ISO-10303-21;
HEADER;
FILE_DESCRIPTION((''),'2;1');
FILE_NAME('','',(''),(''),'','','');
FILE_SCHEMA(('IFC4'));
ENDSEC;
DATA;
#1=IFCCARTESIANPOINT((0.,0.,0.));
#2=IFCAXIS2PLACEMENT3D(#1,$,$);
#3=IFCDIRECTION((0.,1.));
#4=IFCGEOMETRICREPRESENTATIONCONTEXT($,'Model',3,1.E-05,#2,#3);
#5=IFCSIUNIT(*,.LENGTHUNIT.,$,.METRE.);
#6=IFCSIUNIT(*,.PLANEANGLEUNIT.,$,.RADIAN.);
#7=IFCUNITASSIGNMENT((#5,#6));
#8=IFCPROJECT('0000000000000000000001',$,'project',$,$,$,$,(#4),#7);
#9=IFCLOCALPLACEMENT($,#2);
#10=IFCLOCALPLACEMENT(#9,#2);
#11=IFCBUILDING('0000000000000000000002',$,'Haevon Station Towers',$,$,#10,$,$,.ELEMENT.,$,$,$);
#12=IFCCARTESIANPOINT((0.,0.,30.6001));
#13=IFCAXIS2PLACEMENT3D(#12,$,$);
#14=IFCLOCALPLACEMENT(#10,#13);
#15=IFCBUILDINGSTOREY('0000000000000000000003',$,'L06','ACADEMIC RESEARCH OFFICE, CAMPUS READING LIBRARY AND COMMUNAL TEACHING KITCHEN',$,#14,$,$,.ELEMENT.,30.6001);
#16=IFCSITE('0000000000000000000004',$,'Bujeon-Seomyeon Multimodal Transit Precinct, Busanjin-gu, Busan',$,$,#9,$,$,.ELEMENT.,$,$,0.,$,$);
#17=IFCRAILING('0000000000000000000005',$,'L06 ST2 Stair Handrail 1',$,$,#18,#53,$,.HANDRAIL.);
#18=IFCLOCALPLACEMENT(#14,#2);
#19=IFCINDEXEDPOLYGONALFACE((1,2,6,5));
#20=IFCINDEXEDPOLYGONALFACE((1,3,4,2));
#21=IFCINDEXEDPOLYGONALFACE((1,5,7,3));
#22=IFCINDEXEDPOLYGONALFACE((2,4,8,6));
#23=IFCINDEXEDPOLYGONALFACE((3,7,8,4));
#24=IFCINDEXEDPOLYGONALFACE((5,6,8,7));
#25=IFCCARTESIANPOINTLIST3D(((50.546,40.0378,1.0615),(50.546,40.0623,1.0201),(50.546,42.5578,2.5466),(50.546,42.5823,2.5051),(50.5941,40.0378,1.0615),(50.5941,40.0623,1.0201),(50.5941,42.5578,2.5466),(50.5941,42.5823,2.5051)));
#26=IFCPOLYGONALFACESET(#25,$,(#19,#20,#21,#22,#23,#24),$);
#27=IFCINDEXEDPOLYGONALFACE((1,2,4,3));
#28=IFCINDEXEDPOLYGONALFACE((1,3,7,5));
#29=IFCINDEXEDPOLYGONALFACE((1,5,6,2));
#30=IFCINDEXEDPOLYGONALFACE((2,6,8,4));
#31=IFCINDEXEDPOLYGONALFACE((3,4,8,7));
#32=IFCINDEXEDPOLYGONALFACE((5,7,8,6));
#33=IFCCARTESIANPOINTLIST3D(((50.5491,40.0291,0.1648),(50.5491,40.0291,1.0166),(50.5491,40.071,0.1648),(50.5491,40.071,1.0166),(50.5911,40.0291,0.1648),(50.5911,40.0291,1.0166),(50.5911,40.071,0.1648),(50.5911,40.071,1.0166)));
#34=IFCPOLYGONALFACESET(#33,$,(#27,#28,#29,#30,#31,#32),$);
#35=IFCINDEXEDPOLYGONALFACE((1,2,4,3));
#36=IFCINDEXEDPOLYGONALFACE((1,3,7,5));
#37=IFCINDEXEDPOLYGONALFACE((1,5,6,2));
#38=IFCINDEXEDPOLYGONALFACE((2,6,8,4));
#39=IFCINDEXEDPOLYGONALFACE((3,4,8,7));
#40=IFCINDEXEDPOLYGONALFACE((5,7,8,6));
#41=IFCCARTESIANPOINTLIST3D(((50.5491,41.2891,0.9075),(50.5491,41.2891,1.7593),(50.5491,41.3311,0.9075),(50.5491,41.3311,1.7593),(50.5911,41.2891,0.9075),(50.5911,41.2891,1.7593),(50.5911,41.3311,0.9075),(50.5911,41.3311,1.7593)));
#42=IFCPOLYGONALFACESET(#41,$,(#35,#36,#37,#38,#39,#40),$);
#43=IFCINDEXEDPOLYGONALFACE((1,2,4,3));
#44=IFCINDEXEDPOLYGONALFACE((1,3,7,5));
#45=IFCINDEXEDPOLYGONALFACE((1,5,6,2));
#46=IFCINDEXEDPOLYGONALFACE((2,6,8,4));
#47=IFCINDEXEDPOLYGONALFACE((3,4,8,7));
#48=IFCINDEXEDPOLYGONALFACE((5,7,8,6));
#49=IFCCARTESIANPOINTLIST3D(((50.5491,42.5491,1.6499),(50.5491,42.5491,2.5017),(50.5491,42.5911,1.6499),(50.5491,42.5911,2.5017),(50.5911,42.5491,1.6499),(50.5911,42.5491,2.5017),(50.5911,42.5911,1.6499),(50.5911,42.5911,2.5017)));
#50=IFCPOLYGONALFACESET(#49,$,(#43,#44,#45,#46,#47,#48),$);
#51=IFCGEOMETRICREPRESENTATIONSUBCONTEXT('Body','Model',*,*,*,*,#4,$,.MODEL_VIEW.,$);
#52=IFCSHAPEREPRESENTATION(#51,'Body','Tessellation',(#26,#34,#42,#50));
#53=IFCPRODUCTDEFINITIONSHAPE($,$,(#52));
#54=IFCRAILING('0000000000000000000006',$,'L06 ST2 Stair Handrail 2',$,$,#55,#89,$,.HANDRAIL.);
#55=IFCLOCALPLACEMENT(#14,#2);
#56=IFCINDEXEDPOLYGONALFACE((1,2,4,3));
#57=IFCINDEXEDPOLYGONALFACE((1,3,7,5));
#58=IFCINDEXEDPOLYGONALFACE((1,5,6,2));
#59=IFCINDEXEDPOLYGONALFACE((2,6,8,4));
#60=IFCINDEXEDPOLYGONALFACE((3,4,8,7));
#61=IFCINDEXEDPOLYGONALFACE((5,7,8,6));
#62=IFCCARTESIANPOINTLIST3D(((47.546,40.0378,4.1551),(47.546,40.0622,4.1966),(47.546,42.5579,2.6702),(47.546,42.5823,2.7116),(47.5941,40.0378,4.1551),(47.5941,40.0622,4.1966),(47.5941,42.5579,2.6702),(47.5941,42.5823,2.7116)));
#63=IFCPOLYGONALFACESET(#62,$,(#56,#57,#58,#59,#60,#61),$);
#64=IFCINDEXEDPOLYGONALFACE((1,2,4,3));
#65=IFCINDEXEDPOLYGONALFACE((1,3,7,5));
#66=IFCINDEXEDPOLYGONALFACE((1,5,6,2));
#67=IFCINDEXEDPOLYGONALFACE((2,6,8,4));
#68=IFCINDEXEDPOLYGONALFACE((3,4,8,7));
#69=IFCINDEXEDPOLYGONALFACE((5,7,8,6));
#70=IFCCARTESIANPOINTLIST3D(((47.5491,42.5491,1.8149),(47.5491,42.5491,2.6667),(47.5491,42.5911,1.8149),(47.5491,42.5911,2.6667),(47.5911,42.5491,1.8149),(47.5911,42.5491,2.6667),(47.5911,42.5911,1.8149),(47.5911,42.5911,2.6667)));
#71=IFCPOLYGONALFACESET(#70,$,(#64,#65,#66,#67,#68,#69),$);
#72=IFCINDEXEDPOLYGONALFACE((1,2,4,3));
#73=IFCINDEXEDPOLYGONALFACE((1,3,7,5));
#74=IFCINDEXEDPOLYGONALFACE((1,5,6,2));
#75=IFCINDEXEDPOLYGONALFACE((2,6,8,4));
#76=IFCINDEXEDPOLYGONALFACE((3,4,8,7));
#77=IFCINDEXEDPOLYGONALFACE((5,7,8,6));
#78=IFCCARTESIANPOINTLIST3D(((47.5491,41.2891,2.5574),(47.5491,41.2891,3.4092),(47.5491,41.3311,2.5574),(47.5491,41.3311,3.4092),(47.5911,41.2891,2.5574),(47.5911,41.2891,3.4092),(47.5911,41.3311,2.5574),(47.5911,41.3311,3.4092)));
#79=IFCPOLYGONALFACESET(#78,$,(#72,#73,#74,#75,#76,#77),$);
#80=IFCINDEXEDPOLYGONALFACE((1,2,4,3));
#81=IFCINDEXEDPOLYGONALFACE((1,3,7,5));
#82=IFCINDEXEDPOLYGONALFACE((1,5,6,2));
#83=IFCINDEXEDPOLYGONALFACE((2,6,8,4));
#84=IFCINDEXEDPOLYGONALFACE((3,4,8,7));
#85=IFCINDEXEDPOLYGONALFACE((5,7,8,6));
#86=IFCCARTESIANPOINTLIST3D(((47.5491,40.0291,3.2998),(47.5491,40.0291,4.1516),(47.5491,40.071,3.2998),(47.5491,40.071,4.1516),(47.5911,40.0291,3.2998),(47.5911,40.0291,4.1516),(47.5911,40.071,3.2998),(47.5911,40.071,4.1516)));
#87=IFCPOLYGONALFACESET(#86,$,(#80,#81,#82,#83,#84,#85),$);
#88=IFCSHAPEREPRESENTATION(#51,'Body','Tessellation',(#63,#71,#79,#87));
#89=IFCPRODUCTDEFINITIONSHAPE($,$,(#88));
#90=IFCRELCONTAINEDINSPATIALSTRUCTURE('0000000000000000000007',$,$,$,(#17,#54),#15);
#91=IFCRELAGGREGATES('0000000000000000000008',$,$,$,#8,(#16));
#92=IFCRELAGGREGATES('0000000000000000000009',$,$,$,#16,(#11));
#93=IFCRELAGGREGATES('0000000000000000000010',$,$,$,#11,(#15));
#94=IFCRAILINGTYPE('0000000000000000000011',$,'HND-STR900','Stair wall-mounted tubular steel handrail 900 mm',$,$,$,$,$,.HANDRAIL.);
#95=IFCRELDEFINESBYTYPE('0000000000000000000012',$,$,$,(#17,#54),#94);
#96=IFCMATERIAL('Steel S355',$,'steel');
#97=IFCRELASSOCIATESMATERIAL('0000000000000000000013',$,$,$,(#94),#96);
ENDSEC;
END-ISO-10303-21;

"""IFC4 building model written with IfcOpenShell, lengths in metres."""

from ifc_helpers import new_model, si_unit, direction, frame, origin, origin_2d, place, context, subcontext, project, spatial, rectangle, extrude, material, type_object, element, save


model = new_model("IFC4")

# Units and contexts
model_context = context("Model", 3, precision=1e-05, world=origin(), true_north=direction((0.0, 1.0)))
body_context = subcontext(model_context, "Body", "Model", "MODEL_VIEW")
ifc_project = project(units=[si_unit("LENGTHUNIT", "METRE"), si_unit("PLANEANGLEUNIT", "RADIAN")], contexts=[model_context])

# Site, building, storey
site_placement = place(None, origin())
site = spatial("IfcSite", under=ifc_project, at=site_placement, Name="Bujeon-Seomyeon Multimodal Transit Precinct, Busanjin-gu, Busan", CompositionType="ELEMENT", RefElevation=0.0)
building_placement = place(site_placement, origin())
building = spatial("IfcBuilding", under=site, at=building_placement, Name="Haevon Station Towers", CompositionType="ELEMENT")
storey_placement = place(building_placement, frame((0.0, 0.0, 30.6001)))
storey = spatial("IfcBuildingStorey", under=building, at=storey_placement, Name="L06", Description="ACADEMIC RESEARCH OFFICE, CAMPUS READING LIBRARY AND COMMUNAL TEACHING KITCHEN", CompositionType="ELEMENT", Elevation=30.6001)

# Shared definitions
ifc_material_1 = material(Name="Steel S355", Category="steel")

# Railings
railing_type_1 = type_object("IfcRailingType", Name="HND-STR900", Description="Stair wall-mounted tubular steel handrail 900 mm", PredefinedType="HANDRAIL", material=ifc_material_1)
railing_1_placement = place(storey_placement, frame((50.5701, 40.05, 0.1648)))
element("IfcRailing", 1, at=railing_1_placement, inside=storey, type_object=railing_type_1, Name="L06 ST2 Stair Handrail 1", PredefinedType="HANDRAIL", context=body_context, shape_type="SweptSolid", body=[
    extrude(rectangle(XDim=0.0481, YDim=0.0481, at=origin_2d()), frame((0.0, 0.0, 0.876), z_axis=(0.0, 0.861524, 0.507717), x_axis=(-1.0, 0.0, 0.0)), (0.0, 0.0, 1.0), 2.925),
    extrude(rectangle(XDim=0.042, YDim=0.042, at=origin_2d()), origin(), (0.0, 0.0, 1.0), 0.8518),
    extrude(rectangle(XDim=0.042, YDim=0.042, at=origin_2d()), frame((0.0, 1.26, 0.7427)), (0.0, 0.0, 1.0), 0.8518),
    extrude(rectangle(XDim=0.042, YDim=0.042, at=origin_2d()), frame((0.0, 2.52, 1.4851)), (0.0, 0.0, 1.0), 0.8518),
])
railing_2_placement = place(storey_placement, frame((47.5701, 42.5701, 1.8149)))
element("IfcRailing", 2, at=railing_2_placement, inside=storey, type_object=railing_type_1, Name="L06 ST2 Stair Handrail 2", PredefinedType="HANDRAIL", context=body_context, shape_type="SweptSolid", body=[
    extrude(rectangle(XDim=0.0481, YDim=0.0481, at=origin_2d()), frame((0.0, 0.0, 0.876), z_axis=(0.0, -0.861561, 0.507655), x_axis=(1.0, 0.0, 0.0)), (0.0, 0.0, 1.0), 2.925),
    extrude(rectangle(XDim=0.042, YDim=0.042, at=origin_2d()), origin(), (0.0, 0.0, 1.0), 0.8518),
    extrude(rectangle(XDim=0.042, YDim=0.042, at=origin_2d()), frame((0.0, -1.26, 0.7424)), (0.0, 0.0, 1.0), 0.8518),
    extrude(rectangle(XDim=0.042, YDim=0.042, at=origin_2d()), frame((0.0, -2.52, 1.4849)), (0.0, 0.0, 1.0), 0.8518),
])

save(model, "model.ifc")
